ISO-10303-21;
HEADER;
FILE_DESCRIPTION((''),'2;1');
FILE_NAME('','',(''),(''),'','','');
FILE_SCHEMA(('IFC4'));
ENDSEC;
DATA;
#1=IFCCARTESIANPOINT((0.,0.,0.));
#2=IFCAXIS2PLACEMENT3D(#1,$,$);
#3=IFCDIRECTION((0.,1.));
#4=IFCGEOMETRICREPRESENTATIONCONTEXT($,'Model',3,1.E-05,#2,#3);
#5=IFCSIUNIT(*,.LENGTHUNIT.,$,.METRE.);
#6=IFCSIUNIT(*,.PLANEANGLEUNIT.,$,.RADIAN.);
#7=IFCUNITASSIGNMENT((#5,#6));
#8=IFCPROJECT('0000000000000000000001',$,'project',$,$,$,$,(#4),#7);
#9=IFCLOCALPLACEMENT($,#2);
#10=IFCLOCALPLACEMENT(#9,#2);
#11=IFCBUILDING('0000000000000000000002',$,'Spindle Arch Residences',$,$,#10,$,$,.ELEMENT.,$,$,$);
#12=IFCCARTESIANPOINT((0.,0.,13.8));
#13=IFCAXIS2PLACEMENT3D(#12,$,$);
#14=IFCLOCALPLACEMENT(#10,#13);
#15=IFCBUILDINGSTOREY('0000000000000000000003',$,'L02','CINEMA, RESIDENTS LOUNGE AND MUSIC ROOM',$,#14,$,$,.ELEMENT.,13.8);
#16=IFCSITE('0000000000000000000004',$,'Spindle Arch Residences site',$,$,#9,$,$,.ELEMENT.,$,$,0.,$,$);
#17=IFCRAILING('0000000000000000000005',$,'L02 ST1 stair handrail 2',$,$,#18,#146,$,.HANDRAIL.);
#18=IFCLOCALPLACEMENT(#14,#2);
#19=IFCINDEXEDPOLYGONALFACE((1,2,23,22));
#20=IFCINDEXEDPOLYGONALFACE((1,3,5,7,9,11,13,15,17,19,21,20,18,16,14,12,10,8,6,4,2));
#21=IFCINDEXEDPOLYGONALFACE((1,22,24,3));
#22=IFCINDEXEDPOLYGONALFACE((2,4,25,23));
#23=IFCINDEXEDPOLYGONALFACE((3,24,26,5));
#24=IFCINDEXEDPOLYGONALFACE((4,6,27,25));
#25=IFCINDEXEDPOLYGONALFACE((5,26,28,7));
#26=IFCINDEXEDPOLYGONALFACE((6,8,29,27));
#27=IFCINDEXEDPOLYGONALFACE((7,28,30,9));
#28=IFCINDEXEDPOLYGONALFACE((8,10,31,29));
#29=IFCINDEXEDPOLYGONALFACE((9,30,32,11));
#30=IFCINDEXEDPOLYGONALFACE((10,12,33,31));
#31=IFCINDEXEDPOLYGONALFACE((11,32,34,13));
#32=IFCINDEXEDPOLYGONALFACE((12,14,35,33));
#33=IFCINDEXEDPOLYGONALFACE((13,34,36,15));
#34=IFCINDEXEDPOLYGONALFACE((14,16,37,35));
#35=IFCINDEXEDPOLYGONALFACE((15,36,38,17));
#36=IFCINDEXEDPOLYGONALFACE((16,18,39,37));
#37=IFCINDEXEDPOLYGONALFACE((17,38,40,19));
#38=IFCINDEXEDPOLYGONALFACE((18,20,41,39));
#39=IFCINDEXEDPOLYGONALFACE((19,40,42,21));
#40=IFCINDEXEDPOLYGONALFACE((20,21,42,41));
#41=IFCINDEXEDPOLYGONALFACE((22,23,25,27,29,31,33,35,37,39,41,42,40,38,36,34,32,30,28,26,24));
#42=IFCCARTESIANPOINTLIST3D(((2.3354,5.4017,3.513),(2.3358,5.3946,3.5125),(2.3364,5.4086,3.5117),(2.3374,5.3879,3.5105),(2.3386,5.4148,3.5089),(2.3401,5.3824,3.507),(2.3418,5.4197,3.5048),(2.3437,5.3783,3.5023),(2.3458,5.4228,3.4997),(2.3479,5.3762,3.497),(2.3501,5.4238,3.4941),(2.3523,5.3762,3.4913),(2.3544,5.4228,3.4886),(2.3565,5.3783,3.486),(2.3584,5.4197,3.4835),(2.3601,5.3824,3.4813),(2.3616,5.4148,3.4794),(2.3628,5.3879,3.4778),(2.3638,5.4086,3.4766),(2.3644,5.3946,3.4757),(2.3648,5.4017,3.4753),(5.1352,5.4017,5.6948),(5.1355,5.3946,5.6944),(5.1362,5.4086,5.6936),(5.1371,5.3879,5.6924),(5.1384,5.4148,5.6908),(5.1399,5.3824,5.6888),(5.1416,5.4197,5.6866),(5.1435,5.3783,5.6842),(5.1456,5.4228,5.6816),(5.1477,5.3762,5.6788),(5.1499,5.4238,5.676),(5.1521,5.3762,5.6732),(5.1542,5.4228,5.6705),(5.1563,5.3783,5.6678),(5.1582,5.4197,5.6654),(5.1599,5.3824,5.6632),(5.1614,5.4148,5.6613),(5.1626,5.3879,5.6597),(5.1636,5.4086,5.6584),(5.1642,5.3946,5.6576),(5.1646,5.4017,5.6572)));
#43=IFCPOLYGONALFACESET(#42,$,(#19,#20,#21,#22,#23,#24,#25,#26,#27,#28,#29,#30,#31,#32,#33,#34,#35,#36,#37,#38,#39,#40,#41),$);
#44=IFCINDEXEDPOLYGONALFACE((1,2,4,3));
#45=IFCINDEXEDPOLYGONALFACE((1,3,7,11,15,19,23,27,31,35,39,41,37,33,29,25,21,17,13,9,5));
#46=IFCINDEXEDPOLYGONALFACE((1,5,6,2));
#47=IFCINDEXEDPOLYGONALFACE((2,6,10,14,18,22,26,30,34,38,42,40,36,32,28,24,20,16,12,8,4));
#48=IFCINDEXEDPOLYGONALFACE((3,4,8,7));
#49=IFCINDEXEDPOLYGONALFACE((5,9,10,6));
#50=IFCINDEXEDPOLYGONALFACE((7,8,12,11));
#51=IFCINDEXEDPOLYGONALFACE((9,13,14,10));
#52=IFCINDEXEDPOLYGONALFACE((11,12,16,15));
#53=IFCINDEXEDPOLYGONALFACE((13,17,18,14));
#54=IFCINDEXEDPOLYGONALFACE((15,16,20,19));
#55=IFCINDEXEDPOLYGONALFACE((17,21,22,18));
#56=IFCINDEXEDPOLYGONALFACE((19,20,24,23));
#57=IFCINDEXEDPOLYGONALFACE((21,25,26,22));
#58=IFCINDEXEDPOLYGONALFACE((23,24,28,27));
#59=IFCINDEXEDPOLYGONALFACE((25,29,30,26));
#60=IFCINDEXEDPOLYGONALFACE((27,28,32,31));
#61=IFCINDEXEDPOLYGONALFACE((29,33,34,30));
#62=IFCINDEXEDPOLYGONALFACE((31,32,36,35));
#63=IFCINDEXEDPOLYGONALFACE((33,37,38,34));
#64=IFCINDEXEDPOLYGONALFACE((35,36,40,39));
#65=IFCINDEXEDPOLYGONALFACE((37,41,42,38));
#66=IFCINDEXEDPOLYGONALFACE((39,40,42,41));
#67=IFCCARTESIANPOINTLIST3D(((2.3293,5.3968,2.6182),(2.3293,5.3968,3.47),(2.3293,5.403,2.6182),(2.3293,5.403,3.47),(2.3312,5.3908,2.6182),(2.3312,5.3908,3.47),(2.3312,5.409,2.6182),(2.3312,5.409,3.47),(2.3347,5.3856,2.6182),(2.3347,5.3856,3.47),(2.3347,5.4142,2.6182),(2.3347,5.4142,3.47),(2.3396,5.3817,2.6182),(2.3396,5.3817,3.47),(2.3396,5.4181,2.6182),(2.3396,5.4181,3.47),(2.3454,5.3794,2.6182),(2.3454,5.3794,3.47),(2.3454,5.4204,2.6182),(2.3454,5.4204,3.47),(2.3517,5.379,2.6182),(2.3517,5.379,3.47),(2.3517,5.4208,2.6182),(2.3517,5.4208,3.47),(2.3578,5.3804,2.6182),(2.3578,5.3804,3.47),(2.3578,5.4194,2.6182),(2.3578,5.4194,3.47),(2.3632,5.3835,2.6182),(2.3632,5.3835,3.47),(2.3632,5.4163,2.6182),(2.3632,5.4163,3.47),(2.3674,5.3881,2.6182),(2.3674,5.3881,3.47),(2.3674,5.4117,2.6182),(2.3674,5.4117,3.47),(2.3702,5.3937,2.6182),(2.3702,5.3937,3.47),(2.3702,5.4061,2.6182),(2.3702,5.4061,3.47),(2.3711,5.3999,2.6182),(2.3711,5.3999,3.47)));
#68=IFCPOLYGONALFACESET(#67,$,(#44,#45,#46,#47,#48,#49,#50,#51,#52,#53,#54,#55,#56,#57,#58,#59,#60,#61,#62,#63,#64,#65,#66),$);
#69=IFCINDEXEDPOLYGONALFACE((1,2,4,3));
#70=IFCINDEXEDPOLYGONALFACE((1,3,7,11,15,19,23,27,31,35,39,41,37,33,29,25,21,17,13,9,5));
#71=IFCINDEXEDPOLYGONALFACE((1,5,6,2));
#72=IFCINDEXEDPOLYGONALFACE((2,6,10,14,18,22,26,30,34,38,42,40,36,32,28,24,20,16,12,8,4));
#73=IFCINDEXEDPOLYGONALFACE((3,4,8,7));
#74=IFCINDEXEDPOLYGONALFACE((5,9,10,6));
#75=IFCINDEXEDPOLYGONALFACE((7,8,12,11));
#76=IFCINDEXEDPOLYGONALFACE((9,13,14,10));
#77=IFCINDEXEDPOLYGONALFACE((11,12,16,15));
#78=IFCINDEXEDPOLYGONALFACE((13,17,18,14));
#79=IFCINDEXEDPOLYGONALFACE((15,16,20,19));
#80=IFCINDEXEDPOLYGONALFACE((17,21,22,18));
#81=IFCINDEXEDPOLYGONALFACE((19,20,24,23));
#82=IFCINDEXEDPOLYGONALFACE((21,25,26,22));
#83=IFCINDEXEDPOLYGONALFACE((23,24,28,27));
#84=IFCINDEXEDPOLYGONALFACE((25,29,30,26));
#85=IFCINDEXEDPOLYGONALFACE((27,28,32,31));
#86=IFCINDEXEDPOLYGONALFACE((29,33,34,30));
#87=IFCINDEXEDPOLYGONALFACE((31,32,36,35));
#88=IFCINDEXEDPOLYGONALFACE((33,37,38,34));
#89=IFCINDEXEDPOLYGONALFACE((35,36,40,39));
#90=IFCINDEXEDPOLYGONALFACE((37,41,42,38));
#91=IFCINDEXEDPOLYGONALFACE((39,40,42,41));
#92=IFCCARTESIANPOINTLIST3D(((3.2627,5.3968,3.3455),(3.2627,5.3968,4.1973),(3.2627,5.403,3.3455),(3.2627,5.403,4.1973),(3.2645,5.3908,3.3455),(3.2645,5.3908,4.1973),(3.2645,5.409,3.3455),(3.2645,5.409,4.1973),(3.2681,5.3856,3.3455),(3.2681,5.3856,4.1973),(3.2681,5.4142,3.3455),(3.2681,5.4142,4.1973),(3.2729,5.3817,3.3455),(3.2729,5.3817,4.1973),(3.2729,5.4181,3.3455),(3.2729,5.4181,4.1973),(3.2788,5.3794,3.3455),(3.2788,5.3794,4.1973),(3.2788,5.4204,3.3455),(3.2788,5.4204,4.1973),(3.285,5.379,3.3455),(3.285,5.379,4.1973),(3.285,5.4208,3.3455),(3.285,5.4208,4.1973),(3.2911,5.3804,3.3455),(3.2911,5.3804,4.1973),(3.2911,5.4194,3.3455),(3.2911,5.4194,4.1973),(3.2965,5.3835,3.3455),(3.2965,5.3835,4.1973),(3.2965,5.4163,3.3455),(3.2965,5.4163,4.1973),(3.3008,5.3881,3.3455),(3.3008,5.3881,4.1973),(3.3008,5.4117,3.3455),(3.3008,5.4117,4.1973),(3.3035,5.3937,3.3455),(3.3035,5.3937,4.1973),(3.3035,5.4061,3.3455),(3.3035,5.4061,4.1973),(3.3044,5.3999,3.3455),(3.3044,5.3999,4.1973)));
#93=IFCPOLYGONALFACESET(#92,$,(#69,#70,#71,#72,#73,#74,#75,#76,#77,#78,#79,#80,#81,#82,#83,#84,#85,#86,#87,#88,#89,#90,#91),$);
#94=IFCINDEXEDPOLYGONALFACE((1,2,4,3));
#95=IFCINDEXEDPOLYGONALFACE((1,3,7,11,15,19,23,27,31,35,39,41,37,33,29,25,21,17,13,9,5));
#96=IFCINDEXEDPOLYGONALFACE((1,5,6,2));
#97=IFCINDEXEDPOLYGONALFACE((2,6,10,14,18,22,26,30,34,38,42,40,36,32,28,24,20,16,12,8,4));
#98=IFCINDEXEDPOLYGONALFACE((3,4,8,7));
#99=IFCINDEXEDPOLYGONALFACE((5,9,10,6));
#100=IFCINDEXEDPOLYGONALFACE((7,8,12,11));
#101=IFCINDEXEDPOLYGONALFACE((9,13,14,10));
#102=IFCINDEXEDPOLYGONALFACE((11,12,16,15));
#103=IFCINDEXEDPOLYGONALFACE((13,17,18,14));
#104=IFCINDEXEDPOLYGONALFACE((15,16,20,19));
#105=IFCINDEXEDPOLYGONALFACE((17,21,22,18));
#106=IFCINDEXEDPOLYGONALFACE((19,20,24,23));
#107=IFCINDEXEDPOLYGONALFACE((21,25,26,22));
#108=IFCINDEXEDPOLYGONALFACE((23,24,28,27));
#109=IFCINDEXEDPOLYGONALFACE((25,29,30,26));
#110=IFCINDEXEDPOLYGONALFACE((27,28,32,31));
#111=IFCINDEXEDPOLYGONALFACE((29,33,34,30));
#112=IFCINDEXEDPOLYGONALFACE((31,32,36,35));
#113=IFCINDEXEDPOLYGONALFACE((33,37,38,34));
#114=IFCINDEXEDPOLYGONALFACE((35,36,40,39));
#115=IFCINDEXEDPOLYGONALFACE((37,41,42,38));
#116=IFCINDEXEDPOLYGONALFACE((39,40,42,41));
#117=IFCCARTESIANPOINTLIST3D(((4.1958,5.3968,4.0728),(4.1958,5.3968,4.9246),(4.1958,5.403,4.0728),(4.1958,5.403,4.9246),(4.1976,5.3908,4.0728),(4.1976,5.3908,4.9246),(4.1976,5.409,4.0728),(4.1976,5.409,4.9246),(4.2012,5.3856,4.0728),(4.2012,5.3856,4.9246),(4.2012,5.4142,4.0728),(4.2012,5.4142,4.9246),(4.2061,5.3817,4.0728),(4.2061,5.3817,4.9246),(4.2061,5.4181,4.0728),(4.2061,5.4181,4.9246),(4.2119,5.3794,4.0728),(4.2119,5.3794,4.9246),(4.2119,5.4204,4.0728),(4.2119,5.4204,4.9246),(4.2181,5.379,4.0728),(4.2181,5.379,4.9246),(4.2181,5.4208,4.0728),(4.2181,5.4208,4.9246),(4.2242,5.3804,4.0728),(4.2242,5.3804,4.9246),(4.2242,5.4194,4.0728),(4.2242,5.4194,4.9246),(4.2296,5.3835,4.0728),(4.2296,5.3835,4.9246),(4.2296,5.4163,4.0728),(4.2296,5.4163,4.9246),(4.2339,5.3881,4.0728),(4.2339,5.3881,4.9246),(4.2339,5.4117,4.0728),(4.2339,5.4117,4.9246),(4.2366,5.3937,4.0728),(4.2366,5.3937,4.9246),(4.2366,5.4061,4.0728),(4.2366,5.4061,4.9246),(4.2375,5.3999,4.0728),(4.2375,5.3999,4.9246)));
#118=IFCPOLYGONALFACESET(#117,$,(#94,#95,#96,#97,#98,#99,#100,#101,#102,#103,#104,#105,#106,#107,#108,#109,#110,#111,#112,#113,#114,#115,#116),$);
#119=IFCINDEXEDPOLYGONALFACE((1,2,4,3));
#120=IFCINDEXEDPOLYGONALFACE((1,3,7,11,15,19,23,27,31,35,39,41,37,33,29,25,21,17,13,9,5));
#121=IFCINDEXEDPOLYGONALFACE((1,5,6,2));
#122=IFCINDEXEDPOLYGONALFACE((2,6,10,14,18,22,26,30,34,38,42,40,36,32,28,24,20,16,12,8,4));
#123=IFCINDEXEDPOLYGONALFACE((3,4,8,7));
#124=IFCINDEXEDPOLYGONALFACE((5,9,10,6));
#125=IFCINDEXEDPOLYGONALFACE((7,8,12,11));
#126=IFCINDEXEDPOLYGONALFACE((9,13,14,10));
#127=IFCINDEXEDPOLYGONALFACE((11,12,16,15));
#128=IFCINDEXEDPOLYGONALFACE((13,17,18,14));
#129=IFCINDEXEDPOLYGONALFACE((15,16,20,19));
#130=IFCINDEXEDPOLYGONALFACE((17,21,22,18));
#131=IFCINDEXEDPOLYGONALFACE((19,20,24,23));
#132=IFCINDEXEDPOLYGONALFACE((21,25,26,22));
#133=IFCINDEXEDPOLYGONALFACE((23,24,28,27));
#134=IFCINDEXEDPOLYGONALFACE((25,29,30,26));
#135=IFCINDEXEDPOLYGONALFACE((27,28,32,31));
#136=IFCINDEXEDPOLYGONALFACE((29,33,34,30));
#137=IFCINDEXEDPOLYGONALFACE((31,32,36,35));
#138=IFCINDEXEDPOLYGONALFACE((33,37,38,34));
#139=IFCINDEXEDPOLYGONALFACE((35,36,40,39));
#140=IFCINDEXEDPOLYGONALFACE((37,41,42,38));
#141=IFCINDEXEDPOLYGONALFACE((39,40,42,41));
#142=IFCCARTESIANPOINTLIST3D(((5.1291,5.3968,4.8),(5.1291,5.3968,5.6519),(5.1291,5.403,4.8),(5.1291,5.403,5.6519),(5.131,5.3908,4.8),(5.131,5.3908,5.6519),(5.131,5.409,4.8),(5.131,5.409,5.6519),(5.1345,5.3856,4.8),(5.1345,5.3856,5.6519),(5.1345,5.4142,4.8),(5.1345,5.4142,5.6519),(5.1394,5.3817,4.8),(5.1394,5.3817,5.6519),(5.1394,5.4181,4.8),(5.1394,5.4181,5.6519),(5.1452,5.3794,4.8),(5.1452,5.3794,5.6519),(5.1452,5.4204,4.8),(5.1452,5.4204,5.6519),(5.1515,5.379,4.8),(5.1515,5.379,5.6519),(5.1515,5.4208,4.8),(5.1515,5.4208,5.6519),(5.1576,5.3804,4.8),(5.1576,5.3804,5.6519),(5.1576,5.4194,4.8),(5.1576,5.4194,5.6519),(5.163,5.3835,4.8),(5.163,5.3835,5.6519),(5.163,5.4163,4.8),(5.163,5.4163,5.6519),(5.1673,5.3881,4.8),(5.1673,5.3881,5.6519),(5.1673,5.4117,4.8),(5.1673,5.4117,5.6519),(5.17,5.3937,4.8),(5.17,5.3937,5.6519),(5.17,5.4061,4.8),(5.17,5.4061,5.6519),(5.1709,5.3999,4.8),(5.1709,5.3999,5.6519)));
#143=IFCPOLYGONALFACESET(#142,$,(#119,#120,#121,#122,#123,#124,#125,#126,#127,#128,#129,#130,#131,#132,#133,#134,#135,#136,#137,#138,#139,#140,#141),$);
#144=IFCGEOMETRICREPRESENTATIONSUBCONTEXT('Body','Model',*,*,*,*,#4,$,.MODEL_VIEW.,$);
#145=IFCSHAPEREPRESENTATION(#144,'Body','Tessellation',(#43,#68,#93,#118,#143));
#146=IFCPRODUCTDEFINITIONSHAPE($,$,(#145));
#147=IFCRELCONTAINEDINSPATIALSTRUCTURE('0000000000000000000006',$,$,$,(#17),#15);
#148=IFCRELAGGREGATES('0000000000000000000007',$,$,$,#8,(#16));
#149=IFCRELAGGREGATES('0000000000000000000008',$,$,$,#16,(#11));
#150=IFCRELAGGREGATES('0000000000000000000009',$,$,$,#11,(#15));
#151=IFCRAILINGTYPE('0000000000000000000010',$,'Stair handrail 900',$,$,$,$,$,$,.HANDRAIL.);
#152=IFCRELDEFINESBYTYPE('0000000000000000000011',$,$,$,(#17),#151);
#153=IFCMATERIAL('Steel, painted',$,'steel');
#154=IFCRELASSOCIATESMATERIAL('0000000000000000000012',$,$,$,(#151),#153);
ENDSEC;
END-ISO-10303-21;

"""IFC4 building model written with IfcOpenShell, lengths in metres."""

from ifc_helpers import new_model, si_unit, direction, frame, origin, origin_2d, place, context, subcontext, project, spatial, circle, extrude, material, type_object, element, save


model = new_model("IFC4")

# Units and contexts
model_context = context("Model", 3, precision=1e-05, world=origin(), true_north=direction((0.0, 1.0)))
body_context = subcontext(model_context, "Body", "Model", "MODEL_VIEW")
ifc_project = project(units=[si_unit("LENGTHUNIT", "METRE"), si_unit("PLANEANGLEUNIT", "RADIAN")], contexts=[model_context])

# Site, building, storey
site_placement = place(None, origin())
site = spatial("IfcSite", under=ifc_project, at=site_placement, Name="Spindle Arch Residences site", CompositionType="ELEMENT", RefElevation=0.0)
building_placement = place(site_placement, origin())
building = spatial("IfcBuilding", under=site, at=building_placement, Name="Spindle Arch Residences", CompositionType="ELEMENT")
storey_placement = place(building_placement, frame((0.0, 0.0, 13.8)))
storey = spatial("IfcBuildingStorey", under=building, at=storey_placement, Name="L02", Description="CINEMA, RESIDENTS LOUNGE AND MUSIC ROOM", CompositionType="ELEMENT", Elevation=13.8)

# Railing
ifc_material_1 = material(Name="Steel, painted", Category="steel")
railing_type_1 = type_object("IfcRailingType", Name="Stair handrail 900", PredefinedType="HANDRAIL", material=ifc_material_1)
railing_1_placement = place(storey_placement, frame((2.3501, 5.3999, 2.6182)))
element("IfcRailing", 1, at=railing_1_placement, inside=storey, type_object=railing_type_1, Name="L02 ST1 stair handrail 2", PredefinedType="HANDRAIL", context=body_context, shape_type="SweptSolid", body=[
    extrude(circle(Radius=0.0239, at=origin_2d()), frame((0.0, 0.0, 0.876), z_axis=(0.78877, 0.0, 0.614688), x_axis=(0.0, 1.0, 0.0)), (0.0, 0.0, 1.0), 3.5496),
    extrude(circle(Radius=0.021, at=origin_2d()), origin(), (0.0, 0.0, 1.0), 0.8518),
    extrude(circle(Radius=0.021, at=origin_2d()), frame((0.9333, 0.0, 0.7273)), (0.0, 0.0, 1.0), 0.8518),
    extrude(circle(Radius=0.021, at=origin_2d()), frame((1.8665, 0.0, 1.4546)), (0.0, 0.0, 1.0), 0.8518),
    extrude(circle(Radius=0.021, at=origin_2d()), frame((2.7998, 0.0, 2.1819)), (0.0, 0.0, 1.0), 0.8518),
])

save(model, "model.ifc")
